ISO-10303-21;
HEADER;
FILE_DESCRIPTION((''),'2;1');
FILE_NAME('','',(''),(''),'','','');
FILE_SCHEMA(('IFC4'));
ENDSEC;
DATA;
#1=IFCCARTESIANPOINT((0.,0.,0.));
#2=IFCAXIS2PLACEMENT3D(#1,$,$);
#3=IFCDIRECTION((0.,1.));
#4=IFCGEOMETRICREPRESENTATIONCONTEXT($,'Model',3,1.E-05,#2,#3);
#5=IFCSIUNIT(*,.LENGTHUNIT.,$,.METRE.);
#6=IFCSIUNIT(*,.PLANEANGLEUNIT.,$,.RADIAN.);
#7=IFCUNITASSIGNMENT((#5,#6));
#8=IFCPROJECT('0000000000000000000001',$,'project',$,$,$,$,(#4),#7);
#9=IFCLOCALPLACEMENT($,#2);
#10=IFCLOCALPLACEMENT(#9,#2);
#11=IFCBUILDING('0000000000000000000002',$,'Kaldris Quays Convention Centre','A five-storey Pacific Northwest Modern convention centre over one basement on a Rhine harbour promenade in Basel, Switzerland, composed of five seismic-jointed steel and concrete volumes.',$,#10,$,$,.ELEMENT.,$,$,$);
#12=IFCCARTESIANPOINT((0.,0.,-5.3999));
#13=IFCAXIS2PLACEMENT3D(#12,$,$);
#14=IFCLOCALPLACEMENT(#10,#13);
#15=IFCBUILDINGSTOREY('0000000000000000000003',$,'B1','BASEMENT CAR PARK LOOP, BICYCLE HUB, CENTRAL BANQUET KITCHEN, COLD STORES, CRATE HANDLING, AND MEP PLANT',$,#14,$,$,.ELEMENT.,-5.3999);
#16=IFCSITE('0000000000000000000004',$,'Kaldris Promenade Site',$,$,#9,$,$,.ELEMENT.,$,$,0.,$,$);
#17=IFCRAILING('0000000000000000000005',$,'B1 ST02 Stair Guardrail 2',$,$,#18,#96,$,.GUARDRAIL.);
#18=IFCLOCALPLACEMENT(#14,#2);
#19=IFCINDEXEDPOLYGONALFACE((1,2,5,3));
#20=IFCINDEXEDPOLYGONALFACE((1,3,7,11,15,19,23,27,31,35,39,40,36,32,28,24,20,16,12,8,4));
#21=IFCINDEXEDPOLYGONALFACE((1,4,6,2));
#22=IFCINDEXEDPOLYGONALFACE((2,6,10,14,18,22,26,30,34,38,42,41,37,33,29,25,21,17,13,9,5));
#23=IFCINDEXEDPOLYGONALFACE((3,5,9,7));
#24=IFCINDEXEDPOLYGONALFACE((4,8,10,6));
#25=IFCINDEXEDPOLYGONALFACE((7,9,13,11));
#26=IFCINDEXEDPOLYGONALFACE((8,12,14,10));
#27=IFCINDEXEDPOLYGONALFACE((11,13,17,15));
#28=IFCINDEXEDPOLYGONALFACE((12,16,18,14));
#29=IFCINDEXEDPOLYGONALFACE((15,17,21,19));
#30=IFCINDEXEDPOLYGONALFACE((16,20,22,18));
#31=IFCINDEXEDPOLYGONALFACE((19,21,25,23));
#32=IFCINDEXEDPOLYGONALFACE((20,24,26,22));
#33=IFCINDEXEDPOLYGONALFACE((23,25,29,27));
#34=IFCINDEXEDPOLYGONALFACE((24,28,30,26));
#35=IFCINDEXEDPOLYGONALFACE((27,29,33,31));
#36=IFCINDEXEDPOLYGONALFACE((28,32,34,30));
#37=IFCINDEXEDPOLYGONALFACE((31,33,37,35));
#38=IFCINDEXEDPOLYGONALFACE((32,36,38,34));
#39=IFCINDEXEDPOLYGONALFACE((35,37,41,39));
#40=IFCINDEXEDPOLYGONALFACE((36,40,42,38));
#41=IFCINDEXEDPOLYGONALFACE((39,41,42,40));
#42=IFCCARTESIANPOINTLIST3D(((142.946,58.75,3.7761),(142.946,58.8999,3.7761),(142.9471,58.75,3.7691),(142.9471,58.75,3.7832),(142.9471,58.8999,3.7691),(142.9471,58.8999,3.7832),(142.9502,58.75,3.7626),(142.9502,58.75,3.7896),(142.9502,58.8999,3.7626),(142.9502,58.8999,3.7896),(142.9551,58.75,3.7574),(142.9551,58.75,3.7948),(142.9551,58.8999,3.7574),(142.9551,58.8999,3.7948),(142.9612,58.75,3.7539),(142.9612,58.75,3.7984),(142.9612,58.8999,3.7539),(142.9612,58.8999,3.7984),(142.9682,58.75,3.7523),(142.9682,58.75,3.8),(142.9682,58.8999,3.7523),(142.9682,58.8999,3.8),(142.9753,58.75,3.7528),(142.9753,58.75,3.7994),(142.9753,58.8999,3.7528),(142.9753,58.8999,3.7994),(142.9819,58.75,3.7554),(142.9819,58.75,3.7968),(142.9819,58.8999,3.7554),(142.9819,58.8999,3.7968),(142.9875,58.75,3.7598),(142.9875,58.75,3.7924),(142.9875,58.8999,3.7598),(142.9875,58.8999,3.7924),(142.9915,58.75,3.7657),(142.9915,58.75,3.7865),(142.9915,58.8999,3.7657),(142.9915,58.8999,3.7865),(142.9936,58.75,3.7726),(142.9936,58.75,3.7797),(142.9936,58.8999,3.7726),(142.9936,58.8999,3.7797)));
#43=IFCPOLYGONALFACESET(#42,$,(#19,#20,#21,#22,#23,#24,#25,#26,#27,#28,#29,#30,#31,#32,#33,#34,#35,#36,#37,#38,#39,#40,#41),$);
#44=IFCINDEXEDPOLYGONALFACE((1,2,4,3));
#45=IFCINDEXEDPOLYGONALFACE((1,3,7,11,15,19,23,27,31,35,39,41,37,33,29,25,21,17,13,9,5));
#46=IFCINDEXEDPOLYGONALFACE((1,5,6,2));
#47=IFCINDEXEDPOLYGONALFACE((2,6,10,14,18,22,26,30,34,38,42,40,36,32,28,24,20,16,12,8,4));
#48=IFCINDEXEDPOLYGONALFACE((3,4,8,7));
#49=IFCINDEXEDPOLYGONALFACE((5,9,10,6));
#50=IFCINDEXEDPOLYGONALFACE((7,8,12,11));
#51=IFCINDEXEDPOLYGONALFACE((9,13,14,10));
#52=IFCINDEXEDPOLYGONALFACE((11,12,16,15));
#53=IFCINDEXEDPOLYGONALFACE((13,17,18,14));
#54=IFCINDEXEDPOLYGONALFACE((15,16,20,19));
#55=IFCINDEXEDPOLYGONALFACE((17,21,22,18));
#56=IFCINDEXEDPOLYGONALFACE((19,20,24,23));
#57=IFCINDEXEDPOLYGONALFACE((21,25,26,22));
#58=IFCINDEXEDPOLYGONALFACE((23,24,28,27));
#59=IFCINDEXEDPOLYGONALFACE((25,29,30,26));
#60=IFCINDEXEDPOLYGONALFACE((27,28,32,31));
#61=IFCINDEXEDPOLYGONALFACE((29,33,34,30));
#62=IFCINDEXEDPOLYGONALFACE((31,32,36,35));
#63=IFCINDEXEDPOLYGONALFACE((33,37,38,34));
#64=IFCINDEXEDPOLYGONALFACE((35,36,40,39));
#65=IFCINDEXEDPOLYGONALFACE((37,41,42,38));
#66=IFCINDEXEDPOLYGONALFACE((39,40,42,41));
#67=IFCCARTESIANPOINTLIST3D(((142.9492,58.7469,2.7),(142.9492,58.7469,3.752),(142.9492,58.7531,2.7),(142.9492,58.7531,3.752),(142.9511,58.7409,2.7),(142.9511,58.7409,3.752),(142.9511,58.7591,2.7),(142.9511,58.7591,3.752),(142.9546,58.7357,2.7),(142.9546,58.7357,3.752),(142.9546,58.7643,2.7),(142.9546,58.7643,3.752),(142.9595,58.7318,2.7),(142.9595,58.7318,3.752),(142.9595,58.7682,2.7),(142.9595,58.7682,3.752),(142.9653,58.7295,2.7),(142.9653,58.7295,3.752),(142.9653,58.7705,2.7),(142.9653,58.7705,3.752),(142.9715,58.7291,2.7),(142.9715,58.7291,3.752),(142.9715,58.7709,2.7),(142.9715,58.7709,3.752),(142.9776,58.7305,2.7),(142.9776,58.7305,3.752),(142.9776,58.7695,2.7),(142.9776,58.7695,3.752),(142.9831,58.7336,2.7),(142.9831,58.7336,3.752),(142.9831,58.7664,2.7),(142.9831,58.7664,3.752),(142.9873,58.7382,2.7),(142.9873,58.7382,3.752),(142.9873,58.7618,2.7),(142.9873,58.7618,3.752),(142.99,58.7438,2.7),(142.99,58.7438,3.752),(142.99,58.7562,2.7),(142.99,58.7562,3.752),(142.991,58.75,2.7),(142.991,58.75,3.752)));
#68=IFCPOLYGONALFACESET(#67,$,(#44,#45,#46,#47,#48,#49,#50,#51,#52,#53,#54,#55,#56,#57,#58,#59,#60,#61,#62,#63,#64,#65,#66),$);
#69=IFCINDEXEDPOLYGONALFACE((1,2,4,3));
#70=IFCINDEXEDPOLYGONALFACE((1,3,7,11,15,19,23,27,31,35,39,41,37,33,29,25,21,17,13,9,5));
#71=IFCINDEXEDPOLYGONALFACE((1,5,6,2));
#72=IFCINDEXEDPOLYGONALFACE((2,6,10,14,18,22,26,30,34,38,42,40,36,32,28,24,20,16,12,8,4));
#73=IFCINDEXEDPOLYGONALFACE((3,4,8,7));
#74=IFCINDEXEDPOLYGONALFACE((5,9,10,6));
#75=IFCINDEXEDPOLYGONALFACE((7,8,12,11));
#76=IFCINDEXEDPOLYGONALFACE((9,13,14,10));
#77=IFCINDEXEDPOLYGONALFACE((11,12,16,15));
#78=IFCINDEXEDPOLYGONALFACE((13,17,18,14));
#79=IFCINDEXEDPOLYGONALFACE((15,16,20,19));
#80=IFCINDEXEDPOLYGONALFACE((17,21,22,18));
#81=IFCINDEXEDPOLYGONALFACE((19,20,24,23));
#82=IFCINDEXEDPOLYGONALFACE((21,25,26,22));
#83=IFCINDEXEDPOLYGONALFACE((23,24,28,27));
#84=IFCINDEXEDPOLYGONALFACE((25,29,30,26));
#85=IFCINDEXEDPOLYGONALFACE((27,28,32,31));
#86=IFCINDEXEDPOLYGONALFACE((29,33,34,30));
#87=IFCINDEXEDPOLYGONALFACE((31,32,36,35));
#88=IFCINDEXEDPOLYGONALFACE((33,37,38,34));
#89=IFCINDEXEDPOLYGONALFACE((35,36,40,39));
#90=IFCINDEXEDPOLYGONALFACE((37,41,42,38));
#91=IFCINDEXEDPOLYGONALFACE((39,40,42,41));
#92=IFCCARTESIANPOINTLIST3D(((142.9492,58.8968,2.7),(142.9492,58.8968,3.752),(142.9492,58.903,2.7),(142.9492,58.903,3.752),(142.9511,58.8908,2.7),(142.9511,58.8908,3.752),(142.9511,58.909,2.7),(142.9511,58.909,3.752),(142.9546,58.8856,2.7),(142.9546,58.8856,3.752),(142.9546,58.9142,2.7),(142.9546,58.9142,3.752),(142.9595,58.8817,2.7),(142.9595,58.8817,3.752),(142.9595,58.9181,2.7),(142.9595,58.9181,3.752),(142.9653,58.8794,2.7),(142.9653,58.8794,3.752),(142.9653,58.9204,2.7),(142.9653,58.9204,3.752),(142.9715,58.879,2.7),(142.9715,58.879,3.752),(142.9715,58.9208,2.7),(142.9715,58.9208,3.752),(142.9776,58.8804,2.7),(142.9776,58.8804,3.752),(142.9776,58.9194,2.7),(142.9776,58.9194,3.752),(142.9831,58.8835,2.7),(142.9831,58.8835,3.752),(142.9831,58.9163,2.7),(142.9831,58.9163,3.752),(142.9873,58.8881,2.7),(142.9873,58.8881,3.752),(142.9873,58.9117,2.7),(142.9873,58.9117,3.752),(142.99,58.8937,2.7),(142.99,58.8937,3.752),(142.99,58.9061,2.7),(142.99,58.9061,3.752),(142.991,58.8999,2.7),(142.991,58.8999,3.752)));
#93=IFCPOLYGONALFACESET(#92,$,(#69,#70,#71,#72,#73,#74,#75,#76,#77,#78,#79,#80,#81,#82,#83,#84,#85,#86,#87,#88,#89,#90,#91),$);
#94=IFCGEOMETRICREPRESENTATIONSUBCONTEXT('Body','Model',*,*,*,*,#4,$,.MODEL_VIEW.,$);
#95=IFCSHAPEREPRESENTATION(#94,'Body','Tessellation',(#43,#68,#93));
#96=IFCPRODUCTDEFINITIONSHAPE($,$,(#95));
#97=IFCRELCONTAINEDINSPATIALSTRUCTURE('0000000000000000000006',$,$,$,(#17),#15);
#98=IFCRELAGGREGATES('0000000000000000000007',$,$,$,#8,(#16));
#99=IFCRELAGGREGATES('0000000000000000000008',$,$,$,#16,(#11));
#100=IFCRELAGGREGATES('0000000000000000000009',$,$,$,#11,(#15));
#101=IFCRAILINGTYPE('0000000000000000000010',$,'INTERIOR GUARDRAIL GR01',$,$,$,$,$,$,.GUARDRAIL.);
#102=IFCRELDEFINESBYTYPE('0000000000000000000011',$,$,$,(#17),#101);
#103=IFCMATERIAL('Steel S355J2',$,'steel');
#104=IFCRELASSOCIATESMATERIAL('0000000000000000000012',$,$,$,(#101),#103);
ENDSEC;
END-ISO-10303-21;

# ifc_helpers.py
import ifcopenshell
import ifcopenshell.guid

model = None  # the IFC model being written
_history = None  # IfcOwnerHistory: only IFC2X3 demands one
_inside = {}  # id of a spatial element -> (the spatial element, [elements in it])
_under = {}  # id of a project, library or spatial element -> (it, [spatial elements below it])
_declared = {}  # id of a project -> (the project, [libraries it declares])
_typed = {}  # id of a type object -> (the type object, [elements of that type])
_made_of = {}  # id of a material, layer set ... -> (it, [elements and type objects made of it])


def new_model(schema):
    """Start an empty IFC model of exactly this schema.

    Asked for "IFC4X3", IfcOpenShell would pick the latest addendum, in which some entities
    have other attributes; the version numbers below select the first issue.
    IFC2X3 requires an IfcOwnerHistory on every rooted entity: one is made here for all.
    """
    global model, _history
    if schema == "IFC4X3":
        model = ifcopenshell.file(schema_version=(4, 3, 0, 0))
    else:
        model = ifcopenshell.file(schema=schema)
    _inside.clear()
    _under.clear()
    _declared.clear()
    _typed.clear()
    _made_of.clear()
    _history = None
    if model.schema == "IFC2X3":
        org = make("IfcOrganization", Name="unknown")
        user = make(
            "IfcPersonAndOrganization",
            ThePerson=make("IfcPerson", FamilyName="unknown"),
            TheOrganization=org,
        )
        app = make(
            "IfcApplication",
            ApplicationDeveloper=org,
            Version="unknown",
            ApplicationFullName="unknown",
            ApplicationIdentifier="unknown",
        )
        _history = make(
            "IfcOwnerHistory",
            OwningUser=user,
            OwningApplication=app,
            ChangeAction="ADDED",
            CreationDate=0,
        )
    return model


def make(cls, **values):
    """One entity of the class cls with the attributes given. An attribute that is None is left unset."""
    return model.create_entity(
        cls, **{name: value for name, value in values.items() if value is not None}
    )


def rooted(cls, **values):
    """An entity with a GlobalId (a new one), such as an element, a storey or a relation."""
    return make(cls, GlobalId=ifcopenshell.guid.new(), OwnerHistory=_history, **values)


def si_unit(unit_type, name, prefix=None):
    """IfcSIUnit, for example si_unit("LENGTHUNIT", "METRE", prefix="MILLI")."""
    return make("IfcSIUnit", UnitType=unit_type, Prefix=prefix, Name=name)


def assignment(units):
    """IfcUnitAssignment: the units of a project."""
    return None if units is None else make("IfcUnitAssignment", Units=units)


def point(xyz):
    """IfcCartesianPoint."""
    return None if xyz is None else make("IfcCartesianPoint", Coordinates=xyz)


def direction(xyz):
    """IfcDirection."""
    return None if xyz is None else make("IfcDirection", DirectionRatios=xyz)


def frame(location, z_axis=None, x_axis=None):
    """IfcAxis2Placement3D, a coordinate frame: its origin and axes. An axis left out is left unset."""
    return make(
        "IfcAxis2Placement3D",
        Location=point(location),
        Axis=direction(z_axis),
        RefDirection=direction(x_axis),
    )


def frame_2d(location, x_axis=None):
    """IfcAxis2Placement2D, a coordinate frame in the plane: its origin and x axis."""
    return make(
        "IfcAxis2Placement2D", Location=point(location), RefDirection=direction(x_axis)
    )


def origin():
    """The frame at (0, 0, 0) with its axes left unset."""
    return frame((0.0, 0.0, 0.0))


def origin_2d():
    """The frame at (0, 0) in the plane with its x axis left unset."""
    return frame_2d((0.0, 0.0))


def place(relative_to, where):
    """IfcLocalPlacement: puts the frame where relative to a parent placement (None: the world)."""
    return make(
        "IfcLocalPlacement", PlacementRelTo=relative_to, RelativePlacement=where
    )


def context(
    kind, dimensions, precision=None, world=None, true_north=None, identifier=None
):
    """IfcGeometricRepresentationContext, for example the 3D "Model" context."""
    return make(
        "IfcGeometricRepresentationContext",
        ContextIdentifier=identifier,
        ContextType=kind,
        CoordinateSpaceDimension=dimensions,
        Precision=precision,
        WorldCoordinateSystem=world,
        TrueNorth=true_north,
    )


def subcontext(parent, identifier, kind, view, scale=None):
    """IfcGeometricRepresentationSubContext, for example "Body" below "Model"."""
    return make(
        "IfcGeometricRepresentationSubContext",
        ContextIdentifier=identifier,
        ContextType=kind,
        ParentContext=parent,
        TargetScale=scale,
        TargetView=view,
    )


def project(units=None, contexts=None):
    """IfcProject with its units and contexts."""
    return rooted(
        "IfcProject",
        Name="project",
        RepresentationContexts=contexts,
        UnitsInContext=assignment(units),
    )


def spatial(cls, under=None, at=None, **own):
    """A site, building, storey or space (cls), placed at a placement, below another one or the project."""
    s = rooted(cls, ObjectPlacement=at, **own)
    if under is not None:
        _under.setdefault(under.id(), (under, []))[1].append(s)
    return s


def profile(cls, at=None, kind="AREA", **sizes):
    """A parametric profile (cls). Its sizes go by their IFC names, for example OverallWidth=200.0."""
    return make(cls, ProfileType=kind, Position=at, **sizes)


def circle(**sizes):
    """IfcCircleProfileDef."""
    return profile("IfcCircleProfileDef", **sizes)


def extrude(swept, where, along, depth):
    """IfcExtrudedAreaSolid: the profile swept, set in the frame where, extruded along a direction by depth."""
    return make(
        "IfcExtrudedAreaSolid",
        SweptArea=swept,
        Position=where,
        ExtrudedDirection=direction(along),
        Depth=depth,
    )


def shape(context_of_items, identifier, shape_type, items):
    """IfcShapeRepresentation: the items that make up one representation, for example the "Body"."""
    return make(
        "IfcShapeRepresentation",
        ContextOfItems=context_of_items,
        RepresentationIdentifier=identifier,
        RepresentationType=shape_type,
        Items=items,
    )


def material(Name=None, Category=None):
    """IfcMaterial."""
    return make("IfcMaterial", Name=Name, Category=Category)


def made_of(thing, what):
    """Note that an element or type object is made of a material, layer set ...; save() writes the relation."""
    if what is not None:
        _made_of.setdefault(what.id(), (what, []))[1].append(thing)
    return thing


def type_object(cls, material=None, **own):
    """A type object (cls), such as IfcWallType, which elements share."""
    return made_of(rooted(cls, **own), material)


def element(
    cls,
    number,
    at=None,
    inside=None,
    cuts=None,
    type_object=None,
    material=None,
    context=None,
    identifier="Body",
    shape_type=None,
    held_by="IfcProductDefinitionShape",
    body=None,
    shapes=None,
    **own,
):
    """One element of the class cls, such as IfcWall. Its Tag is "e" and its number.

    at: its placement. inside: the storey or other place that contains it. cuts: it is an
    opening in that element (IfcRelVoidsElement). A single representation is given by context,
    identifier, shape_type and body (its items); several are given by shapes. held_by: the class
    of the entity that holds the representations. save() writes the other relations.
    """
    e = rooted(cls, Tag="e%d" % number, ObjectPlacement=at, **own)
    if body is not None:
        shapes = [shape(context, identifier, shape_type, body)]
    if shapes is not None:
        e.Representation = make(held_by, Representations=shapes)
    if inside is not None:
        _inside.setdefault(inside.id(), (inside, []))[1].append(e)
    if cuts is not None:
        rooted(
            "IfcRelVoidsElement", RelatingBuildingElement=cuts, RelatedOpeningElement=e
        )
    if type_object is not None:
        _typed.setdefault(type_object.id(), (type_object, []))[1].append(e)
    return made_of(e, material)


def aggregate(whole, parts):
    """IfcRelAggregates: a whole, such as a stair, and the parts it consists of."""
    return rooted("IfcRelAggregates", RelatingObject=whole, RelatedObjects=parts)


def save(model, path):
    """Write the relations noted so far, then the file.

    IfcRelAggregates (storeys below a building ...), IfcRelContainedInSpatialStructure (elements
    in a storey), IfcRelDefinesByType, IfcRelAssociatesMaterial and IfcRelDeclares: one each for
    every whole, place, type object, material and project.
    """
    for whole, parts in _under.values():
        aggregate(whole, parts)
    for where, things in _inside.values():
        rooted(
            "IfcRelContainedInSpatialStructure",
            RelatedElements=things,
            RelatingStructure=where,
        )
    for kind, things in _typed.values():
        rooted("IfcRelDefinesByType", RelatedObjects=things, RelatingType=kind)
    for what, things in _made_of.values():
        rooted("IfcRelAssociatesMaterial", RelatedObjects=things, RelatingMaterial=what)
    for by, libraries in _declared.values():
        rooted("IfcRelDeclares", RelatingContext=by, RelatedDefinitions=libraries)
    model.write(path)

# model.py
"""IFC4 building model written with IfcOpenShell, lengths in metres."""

from ifc_helpers import new_model, si_unit, direction, frame, origin, origin_2d, place, context, subcontext, project, spatial, circle, extrude, material, type_object, element, save


model = new_model("IFC4")

# Units and contexts
model_context = context("Model", 3, precision=1e-05, world=origin(), true_north=direction((0.0, 1.0)))
body_context = subcontext(model_context, "Body", "Model", "MODEL_VIEW")
ifc_project = project(units=[si_unit("LENGTHUNIT", "METRE"), si_unit("PLANEANGLEUNIT", "RADIAN")], contexts=[model_context])

# Site, building, storey
site_placement = place(None, origin())
site = spatial("IfcSite", under=ifc_project, at=site_placement, Name="Kaldris Promenade Site", CompositionType="ELEMENT", RefElevation=0.0)
building_placement = place(site_placement, origin())
building = spatial("IfcBuilding", under=site, at=building_placement, Name="Kaldris Quays Convention Centre", Description="A five-storey Pacific Northwest Modern convention centre over one basement on a Rhine harbour promenade in Basel, Switzerland, composed of five seismic-jointed steel and concrete volumes.", CompositionType="ELEMENT")
storey_placement = place(building_placement, frame((0.0, 0.0, -5.3999)))
storey = spatial("IfcBuildingStorey", under=building, at=storey_placement, Name="B1", Description="BASEMENT CAR PARK LOOP, BICYCLE HUB, CENTRAL BANQUET KITCHEN, COLD STORES, CRATE HANDLING, AND MEP PLANT", CompositionType="ELEMENT", Elevation=-5.3999)

# Shared definitions
ifc_material_1 = material(Name="Steel S355J2", Category="steel")

# Railing
railing_type_1 = type_object("IfcRailingType", Name="INTERIOR GUARDRAIL GR01", PredefinedType="GUARDRAIL", material=ifc_material_1)
railing_1_placement = place(storey_placement, frame((142.97, 58.75, 2.7)))
element("IfcRailing", 1, at=railing_1_placement, inside=storey, type_object=railing_type_1, Name="B1 ST02 Stair Guardrail 2", PredefinedType="GUARDRAIL", context=body_context, shape_type="SweptSolid", body=[
    extrude(circle(Radius=0.0239, at=origin_2d()), frame((0.0, 0.0, 1.0762), z_axis=(0.0, 1.0, 0.0), x_axis=(-1.0, 0.0, 0.0)), (0.0, 0.0, 1.0), 0.1499),
    extrude(circle(Radius=0.021, at=origin_2d()), origin(), (0.0, 0.0, 1.0), 1.052),
    extrude(circle(Radius=0.021, at=origin_2d()), frame((0.0, 0.1499, 0.0)), (0.0, 0.0, 1.0), 1.052),
])

save(model, "model.ifc")
